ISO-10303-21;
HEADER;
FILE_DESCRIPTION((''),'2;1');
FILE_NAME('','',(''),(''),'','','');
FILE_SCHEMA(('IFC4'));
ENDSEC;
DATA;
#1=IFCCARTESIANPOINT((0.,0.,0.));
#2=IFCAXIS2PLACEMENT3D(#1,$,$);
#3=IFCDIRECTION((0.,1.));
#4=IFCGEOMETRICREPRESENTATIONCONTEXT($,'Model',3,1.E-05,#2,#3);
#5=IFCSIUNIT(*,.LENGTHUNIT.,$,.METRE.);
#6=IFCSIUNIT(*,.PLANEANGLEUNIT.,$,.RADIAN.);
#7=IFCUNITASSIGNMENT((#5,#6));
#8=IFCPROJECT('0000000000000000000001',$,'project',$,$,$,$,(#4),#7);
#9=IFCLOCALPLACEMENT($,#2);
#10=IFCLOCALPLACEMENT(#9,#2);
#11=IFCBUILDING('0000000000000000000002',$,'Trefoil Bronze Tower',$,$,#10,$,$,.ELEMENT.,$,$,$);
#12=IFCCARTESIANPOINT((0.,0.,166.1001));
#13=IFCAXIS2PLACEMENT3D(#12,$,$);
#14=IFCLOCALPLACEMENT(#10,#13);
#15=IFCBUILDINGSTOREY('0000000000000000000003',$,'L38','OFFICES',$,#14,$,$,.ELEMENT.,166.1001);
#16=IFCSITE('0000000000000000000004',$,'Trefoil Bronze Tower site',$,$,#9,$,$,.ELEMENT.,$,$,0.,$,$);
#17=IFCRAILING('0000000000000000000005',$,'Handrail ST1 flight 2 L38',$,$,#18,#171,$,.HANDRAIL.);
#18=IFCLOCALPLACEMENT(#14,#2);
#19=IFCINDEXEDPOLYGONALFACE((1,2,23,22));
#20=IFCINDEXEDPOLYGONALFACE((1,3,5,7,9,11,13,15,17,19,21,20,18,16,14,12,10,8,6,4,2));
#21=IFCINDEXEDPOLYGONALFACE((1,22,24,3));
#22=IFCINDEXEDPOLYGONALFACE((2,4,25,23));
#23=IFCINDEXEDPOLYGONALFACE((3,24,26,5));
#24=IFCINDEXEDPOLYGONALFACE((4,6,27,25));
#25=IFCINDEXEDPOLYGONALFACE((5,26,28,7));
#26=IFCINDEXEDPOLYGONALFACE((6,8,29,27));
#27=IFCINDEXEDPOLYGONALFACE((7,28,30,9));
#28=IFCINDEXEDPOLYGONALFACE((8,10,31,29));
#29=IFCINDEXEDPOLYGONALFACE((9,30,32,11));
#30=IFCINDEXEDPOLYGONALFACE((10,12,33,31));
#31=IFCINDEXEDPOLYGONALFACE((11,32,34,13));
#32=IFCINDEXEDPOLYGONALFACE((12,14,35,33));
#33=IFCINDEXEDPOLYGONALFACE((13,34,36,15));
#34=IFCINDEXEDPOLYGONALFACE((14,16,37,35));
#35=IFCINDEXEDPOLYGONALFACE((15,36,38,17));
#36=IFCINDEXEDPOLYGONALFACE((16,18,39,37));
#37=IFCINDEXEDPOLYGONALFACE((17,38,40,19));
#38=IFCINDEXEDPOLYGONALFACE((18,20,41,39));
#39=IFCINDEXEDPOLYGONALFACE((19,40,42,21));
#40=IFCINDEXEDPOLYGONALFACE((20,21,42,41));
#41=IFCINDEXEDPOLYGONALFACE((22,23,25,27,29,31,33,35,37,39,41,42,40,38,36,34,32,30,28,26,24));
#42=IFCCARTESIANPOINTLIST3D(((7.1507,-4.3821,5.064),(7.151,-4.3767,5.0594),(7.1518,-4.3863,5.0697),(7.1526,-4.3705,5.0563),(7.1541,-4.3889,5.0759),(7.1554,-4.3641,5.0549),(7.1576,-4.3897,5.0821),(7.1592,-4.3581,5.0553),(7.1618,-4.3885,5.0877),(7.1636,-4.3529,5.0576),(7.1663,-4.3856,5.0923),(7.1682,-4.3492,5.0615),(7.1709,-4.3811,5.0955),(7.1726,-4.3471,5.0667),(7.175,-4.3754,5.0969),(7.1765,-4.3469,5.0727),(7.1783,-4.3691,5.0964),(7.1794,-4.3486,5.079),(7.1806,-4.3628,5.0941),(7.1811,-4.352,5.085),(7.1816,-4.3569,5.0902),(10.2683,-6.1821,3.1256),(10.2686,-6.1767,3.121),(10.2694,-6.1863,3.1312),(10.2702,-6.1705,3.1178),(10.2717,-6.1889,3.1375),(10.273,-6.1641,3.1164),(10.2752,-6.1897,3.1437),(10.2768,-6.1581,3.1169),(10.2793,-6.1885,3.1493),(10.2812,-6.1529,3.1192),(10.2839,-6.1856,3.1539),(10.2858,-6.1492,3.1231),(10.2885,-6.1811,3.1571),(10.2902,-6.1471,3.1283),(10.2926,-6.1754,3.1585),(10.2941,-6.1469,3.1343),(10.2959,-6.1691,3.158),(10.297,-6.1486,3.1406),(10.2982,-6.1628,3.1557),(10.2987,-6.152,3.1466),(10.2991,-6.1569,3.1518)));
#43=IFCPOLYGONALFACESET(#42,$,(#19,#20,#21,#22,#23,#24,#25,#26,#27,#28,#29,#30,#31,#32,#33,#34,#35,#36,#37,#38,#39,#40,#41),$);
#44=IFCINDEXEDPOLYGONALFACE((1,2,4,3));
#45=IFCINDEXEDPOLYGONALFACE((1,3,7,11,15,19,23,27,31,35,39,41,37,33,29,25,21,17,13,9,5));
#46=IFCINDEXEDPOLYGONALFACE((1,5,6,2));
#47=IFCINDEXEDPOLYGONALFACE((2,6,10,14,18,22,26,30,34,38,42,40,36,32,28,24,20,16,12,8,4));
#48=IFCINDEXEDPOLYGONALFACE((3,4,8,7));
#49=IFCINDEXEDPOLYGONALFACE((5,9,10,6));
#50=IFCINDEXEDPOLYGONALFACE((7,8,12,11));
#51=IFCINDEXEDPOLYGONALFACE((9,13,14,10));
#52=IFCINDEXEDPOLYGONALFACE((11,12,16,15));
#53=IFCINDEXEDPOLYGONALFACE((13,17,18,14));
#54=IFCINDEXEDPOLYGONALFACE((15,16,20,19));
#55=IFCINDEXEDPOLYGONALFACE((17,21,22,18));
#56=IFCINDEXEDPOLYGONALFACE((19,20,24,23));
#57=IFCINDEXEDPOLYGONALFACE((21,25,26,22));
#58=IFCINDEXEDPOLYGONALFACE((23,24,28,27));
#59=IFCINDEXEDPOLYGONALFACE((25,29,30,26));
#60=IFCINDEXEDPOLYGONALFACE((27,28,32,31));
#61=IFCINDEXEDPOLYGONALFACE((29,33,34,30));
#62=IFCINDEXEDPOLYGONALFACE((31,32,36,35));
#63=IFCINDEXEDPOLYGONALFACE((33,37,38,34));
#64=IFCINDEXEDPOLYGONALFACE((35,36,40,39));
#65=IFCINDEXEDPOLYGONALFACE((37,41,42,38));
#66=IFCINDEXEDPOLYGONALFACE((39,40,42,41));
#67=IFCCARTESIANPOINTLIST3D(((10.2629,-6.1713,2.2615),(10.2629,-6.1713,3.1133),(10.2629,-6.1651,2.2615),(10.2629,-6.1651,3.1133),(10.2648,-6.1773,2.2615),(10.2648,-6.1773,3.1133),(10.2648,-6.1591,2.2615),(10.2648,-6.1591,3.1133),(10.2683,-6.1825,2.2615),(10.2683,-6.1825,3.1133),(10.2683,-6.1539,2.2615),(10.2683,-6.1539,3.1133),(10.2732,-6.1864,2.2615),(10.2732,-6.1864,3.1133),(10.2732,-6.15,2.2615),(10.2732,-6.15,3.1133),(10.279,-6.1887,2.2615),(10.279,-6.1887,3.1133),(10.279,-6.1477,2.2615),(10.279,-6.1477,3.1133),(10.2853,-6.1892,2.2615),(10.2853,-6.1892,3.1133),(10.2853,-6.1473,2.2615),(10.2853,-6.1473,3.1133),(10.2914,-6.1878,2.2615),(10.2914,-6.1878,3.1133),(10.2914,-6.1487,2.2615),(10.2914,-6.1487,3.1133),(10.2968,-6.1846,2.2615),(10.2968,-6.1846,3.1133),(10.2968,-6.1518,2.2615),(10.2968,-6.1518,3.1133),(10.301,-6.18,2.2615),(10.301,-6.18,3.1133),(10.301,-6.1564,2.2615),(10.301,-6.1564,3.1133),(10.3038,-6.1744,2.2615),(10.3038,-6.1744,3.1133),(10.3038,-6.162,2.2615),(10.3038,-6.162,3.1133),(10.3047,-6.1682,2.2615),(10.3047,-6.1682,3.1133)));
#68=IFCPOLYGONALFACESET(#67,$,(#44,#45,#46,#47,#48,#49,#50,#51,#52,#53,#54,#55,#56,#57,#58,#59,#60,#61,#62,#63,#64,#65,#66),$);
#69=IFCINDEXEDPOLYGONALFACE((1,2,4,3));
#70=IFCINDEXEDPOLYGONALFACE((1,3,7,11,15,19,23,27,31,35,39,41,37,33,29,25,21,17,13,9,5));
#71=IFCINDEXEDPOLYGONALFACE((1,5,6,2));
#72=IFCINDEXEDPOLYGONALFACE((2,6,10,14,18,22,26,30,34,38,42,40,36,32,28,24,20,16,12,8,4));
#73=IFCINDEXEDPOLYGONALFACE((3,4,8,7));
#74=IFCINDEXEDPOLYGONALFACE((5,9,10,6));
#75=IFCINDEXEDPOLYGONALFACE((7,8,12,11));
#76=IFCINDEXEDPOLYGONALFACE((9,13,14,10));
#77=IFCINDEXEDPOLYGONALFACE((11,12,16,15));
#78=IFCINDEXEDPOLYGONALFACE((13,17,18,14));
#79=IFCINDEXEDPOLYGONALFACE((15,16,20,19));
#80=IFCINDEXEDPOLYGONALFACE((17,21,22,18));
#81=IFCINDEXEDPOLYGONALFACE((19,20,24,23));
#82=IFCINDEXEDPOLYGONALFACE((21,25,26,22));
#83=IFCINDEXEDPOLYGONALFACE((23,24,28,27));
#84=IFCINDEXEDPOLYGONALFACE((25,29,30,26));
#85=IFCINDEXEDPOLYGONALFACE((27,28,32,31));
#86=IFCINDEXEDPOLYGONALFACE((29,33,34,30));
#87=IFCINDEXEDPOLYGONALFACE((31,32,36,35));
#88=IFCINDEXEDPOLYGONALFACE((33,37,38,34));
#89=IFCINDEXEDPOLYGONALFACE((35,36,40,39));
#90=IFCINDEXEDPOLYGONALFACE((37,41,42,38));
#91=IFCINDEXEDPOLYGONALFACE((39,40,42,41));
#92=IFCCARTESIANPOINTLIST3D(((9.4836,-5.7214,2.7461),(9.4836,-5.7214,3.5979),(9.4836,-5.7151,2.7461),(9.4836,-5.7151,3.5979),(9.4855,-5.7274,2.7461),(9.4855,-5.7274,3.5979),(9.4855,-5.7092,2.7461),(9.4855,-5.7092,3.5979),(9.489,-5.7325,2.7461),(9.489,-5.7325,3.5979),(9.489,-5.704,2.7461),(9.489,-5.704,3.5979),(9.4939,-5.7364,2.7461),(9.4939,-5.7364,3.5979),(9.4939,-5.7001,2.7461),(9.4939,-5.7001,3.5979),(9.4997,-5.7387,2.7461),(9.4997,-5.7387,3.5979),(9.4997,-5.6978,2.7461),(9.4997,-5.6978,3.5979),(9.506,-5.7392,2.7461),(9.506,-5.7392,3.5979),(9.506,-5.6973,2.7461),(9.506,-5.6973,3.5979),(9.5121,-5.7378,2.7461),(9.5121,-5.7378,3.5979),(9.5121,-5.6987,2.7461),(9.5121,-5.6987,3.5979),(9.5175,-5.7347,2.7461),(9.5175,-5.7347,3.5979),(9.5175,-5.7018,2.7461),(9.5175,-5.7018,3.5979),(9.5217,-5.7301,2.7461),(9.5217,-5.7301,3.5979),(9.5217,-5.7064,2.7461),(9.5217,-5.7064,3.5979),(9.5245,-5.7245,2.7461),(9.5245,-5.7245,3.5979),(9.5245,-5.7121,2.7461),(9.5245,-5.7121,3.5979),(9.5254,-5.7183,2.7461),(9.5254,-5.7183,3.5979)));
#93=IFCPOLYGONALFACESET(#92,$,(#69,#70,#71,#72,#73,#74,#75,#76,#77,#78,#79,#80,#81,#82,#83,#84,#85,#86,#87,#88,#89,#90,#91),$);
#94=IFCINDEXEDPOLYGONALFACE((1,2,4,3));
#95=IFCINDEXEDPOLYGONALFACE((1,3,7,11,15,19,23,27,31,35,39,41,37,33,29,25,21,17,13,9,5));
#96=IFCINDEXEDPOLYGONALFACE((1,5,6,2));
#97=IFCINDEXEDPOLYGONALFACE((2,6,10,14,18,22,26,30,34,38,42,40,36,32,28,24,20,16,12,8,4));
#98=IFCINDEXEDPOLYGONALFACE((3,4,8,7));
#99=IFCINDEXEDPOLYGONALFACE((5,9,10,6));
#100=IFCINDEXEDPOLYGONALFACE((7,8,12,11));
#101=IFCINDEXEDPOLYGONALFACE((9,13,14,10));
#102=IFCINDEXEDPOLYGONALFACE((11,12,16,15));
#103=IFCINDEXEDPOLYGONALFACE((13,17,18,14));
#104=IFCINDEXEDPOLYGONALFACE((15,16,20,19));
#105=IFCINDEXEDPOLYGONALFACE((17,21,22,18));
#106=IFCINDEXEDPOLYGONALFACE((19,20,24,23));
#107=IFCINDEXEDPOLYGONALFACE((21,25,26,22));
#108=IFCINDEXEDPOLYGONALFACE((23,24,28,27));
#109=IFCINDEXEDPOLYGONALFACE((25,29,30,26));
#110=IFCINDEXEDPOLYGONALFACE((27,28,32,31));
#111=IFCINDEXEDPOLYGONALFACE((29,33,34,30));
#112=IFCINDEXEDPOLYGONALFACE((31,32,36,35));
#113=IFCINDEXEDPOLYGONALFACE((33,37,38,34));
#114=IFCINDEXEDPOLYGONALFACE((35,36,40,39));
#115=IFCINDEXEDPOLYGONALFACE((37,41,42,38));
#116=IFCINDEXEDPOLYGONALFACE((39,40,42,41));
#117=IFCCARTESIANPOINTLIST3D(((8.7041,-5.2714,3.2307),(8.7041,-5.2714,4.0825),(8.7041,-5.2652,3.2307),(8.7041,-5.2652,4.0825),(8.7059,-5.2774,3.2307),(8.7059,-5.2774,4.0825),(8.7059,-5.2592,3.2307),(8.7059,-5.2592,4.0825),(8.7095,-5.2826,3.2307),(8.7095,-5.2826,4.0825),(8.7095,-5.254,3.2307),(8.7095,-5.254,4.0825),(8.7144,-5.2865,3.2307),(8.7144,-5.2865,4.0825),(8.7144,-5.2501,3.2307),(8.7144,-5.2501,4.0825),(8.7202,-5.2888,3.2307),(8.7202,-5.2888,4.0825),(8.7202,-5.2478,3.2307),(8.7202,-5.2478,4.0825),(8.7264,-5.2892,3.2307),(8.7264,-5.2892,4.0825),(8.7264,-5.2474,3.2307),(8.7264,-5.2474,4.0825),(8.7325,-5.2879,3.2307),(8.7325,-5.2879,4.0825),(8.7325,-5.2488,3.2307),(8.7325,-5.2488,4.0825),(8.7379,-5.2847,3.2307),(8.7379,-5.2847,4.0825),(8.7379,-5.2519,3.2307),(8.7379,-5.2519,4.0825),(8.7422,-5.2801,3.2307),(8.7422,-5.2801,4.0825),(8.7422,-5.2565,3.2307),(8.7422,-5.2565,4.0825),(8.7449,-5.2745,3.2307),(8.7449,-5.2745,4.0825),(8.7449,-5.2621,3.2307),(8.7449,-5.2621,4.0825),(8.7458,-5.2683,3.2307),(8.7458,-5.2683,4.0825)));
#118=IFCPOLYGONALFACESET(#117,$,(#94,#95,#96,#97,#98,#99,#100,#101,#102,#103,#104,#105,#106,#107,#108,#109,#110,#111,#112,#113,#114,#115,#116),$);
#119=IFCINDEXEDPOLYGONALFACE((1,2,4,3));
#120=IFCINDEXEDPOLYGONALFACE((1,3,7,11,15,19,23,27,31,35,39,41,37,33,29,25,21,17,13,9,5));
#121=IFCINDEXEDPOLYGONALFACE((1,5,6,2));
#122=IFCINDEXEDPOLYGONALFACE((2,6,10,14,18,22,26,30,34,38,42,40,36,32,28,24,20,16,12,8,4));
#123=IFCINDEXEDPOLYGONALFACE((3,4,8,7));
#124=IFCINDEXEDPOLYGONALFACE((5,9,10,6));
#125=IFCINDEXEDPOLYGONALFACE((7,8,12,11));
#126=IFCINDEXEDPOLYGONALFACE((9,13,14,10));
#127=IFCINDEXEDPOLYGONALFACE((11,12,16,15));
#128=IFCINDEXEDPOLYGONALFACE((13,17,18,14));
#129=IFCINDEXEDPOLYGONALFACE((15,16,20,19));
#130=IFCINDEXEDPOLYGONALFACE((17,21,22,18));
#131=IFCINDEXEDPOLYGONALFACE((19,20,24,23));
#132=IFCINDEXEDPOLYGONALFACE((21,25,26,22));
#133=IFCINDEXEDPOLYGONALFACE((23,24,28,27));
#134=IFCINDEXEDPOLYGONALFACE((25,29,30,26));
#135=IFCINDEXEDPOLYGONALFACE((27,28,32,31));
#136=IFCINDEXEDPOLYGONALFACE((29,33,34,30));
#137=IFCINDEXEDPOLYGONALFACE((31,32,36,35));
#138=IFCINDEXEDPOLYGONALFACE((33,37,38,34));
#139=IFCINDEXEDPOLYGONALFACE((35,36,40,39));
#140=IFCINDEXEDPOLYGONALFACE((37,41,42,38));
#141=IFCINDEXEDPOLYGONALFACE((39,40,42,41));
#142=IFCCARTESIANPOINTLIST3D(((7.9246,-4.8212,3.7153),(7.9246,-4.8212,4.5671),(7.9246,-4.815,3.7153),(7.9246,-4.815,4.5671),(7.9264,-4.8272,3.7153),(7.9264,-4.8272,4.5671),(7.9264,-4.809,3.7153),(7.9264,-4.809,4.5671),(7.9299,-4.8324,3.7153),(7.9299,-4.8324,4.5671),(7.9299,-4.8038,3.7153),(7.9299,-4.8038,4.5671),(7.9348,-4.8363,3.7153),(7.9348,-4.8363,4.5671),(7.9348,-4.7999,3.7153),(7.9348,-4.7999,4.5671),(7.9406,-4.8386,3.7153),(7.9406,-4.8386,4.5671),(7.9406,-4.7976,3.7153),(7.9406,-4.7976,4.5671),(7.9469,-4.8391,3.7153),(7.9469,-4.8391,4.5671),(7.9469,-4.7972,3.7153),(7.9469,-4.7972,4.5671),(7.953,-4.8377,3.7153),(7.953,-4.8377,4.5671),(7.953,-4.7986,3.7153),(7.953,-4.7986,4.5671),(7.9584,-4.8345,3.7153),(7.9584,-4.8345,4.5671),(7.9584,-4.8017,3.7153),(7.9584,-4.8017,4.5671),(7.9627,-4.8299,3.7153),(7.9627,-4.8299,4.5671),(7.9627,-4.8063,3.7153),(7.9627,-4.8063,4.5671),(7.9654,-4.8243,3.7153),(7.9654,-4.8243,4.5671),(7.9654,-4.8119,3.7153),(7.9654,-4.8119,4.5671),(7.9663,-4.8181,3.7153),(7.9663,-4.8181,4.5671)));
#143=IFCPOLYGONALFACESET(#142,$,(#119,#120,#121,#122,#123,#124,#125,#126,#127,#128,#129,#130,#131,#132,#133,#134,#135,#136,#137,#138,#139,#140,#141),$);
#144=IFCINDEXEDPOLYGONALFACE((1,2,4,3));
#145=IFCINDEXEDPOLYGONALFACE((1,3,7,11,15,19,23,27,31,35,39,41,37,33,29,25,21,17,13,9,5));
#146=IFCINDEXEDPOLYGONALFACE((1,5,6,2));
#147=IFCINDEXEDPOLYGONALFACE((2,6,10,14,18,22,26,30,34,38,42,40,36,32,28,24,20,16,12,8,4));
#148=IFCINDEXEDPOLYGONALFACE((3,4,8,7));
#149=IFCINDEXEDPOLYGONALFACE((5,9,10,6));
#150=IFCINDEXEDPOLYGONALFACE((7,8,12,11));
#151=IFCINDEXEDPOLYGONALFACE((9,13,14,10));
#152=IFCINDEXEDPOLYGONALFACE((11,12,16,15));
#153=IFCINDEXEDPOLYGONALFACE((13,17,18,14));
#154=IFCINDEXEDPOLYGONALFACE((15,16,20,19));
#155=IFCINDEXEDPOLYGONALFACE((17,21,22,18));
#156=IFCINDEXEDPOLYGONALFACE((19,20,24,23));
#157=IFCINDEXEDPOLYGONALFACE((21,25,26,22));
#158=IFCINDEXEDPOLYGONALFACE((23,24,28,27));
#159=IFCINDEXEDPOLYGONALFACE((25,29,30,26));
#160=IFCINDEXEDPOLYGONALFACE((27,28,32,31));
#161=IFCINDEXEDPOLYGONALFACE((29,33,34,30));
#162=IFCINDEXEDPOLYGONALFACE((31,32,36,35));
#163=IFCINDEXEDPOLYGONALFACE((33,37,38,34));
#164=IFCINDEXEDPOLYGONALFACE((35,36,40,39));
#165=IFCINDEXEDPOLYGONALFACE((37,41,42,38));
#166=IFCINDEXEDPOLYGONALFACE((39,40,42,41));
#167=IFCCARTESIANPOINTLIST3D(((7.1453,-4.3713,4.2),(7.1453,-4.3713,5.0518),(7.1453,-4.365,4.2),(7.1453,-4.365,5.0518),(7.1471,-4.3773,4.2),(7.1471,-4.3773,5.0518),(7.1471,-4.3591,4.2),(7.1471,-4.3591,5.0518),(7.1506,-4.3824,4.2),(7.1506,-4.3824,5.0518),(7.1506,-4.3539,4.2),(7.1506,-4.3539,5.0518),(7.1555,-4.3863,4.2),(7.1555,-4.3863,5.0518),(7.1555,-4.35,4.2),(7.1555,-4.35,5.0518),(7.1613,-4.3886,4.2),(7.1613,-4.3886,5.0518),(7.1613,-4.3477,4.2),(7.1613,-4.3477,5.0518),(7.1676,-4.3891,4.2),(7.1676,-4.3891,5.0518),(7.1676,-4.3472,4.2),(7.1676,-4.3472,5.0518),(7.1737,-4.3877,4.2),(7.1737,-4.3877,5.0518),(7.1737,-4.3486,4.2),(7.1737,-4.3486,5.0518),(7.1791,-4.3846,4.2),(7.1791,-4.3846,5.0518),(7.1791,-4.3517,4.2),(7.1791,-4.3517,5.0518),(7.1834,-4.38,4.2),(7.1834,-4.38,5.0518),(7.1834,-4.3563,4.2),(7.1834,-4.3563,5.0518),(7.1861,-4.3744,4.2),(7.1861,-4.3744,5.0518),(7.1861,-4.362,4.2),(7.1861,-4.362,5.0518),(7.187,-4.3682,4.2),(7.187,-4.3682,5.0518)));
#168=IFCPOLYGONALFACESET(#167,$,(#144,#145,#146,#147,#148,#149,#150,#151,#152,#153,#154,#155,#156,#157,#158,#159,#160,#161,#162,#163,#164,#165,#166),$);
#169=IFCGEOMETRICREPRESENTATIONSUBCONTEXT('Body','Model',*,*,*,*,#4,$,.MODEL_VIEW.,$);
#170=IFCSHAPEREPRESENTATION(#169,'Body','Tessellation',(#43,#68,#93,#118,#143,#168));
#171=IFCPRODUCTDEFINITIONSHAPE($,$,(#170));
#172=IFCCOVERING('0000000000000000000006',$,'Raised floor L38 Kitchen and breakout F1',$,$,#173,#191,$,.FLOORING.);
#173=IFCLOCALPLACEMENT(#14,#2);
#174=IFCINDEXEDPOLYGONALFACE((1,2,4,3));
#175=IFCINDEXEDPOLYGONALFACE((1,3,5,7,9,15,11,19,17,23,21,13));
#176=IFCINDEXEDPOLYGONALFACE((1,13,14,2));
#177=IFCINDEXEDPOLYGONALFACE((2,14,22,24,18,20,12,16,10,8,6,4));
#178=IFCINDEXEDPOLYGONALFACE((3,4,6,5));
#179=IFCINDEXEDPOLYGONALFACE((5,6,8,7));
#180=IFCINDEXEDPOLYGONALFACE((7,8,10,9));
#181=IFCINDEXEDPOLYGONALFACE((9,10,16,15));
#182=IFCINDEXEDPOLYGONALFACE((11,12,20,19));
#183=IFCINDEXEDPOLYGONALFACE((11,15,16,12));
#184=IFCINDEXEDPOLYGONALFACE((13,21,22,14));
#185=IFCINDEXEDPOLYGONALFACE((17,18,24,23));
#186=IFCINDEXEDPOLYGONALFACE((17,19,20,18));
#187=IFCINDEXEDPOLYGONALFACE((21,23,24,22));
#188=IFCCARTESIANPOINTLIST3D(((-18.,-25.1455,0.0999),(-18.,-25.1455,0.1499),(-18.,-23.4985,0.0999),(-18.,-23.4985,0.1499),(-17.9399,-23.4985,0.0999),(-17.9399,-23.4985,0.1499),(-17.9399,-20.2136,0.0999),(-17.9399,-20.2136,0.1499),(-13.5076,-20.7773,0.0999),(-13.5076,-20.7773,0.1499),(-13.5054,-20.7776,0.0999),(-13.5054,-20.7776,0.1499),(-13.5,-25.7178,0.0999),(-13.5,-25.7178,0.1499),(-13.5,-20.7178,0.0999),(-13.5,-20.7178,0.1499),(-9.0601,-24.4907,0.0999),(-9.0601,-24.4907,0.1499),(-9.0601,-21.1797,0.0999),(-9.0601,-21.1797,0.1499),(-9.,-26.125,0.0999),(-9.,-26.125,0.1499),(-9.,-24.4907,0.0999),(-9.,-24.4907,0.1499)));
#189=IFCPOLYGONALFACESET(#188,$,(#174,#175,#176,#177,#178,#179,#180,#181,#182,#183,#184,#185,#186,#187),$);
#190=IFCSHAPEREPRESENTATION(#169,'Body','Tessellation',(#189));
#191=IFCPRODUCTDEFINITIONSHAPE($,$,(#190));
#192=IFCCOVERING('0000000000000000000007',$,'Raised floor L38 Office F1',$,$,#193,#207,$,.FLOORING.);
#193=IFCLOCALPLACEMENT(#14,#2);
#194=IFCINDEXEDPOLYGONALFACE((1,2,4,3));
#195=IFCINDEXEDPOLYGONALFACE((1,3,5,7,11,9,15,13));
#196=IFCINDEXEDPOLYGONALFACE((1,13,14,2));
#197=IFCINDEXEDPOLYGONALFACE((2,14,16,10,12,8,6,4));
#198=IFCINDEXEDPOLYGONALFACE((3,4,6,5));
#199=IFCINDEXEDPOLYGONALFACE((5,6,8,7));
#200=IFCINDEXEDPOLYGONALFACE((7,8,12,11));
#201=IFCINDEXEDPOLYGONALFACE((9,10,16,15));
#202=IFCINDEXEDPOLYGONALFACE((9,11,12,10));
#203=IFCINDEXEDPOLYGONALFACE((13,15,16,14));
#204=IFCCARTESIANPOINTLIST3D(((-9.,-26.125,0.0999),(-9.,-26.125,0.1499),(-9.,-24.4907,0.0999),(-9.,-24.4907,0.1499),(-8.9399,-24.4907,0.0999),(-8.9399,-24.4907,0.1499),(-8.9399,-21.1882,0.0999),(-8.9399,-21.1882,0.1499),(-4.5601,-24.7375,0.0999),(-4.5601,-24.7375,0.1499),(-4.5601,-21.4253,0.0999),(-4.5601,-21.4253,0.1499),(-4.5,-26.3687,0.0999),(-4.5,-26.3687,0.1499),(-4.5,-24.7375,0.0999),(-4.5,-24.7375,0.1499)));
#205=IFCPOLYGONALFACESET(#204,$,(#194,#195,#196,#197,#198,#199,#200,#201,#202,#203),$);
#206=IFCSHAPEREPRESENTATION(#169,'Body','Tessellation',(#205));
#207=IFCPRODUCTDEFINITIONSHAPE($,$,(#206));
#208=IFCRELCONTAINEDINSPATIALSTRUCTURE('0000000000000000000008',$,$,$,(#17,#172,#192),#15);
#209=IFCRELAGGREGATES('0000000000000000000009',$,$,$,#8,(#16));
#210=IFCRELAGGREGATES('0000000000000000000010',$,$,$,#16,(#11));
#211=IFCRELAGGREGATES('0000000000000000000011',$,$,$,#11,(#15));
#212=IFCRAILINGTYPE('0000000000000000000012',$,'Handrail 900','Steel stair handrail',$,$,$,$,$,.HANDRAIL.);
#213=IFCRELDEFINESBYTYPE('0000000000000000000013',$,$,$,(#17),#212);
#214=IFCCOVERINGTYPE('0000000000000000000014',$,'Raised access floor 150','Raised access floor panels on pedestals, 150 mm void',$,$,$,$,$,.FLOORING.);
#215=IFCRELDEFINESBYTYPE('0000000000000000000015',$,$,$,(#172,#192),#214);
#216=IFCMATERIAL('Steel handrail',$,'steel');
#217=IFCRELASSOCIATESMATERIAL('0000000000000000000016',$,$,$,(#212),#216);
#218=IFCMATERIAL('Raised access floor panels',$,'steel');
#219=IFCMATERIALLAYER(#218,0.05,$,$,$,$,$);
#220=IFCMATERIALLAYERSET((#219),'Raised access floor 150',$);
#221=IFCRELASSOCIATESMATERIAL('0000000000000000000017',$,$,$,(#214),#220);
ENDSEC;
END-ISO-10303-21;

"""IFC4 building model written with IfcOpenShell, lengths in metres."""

from ifc_helpers import new_model, si_unit, direction, frame, origin, origin_2d, place, context, subcontext, project, spatial, polyline, circle, outline, extrude, material, layer, layer_set, type_object, element, save


model = new_model("IFC4")

# Units and contexts
model_context = context("Model", 3, precision=1e-05, world=origin(), true_north=direction((0.0, 1.0)))
body_context = subcontext(model_context, "Body", "Model", "MODEL_VIEW")
ifc_project = project(units=[si_unit("LENGTHUNIT", "METRE"), si_unit("PLANEANGLEUNIT", "RADIAN")], contexts=[model_context])

# Site, building, storey
site_placement = place(None, origin())
site = spatial("IfcSite", under=ifc_project, at=site_placement, Name="Trefoil Bronze Tower site", CompositionType="ELEMENT", RefElevation=0.0)
building_placement = place(site_placement, origin())
building = spatial("IfcBuilding", under=site, at=building_placement, Name="Trefoil Bronze Tower", CompositionType="ELEMENT")
storey_placement = place(building_placement, frame((0.0, 0.0, 166.1001)))
storey = spatial("IfcBuildingStorey", under=building, at=storey_placement, Name="L38", Description="OFFICES", CompositionType="ELEMENT", Elevation=166.1001)

# Railing
ifc_material_1 = material(Name="Steel handrail", Category="steel")
railing_type = type_object("IfcRailingType", Name="Handrail 900", Description="Steel stair handrail", PredefinedType="HANDRAIL", material=ifc_material_1)
railing_1_placement = place(storey_placement, frame((10.2837, -6.1682, 2.2615)))
element("IfcRailing", 1, at=railing_1_placement, inside=storey, type_object=railing_type, Name="Handrail ST1 flight 2 L38", PredefinedType="HANDRAIL", context=body_context, shape_type="SweptSolid", body=[
    extrude(circle(Radius=0.0239, at=origin_2d()), frame((0.0, 0.0, 0.876), z_axis=(-0.762503, 0.440246, 0.474102), x_axis=(-0.500012, -0.866018, 0.0)), (0.0, 0.0, 1.0), 4.0886),
    extrude(circle(Radius=0.021, at=origin_2d()), origin(), (0.0, 0.0, 1.0), 0.8518),
    extrude(circle(Radius=0.021, at=origin_2d()), frame((-0.7793, 0.45, 0.4846)), (0.0, 0.0, 1.0), 0.8518),
    extrude(circle(Radius=0.021, at=origin_2d()), frame((-1.5588, 0.8999, 0.9692)), (0.0, 0.0, 1.0), 0.8518),
    extrude(circle(Radius=0.021, at=origin_2d()), frame((-2.3384, 1.3501, 1.4539)), (0.0, 0.0, 1.0), 0.8518),
    extrude(circle(Radius=0.021, at=origin_2d()), frame((-3.1177, 1.8, 1.9385)), (0.0, 0.0, 1.0), 0.8518),
])

# Coverings
ifc_material_2 = material(Name="Raised access floor panels", Category="steel")
ifc_layer_1 = layer(ifc_material_2, 0.05)
ifc_layer_set_1 = layer_set([ifc_layer_1], Name="Raised access floor 150")
covering_type_1 = type_object("IfcCoveringType", Name="Raised access floor 150", Description="Raised access floor panels on pedestals, 150 mm void", PredefinedType="FLOORING", material=ifc_layer_set_1)
covering_1_placement = place(storey_placement, frame((0.0, 0.0, 0.0999)))
element("IfcCovering", 2, at=covering_1_placement, inside=storey, type_object=covering_type_1, Name="Raised floor L38 Kitchen and breakout F1", PredefinedType="FLOORING", context=body_context, shape_type="SweptSolid", body=[
    extrude(outline(polyline([(-13.5, -25.7178), (-18.0, -25.1455), (-18.0, -23.4985), (-17.9399, -23.4985), (-17.9399, -20.2136), (-13.5076, -20.7773), (-13.5, -20.7178), (-13.5054, -20.7776), (-9.0601, -21.1797), (-9.0601, -24.4907), (-9.0, -24.4907), (-9.0, -26.125), (-13.5, -25.7178)])), origin(), (0.0, 0.0, 1.0), 0.05),
])
covering_2_placement = place(storey_placement, frame((0.0, 0.0, 0.0999)))
element("IfcCovering", 3, at=covering_2_placement, inside=storey, type_object=covering_type_1, Name="Raised floor L38 Office F1", PredefinedType="FLOORING", context=body_context, shape_type="SweptSolid", body=[
    extrude(outline(polyline([(-4.5, -26.3687), (-9.0, -26.125), (-9.0, -24.4907), (-8.9399, -24.4907), (-8.9399, -21.1882), (-4.5601, -21.4253), (-4.5601, -24.7375), (-4.5, -24.7375), (-4.5, -26.3687)])), origin(), (0.0, 0.0, 1.0), 0.05),
])

save(model, "model.ifc")
